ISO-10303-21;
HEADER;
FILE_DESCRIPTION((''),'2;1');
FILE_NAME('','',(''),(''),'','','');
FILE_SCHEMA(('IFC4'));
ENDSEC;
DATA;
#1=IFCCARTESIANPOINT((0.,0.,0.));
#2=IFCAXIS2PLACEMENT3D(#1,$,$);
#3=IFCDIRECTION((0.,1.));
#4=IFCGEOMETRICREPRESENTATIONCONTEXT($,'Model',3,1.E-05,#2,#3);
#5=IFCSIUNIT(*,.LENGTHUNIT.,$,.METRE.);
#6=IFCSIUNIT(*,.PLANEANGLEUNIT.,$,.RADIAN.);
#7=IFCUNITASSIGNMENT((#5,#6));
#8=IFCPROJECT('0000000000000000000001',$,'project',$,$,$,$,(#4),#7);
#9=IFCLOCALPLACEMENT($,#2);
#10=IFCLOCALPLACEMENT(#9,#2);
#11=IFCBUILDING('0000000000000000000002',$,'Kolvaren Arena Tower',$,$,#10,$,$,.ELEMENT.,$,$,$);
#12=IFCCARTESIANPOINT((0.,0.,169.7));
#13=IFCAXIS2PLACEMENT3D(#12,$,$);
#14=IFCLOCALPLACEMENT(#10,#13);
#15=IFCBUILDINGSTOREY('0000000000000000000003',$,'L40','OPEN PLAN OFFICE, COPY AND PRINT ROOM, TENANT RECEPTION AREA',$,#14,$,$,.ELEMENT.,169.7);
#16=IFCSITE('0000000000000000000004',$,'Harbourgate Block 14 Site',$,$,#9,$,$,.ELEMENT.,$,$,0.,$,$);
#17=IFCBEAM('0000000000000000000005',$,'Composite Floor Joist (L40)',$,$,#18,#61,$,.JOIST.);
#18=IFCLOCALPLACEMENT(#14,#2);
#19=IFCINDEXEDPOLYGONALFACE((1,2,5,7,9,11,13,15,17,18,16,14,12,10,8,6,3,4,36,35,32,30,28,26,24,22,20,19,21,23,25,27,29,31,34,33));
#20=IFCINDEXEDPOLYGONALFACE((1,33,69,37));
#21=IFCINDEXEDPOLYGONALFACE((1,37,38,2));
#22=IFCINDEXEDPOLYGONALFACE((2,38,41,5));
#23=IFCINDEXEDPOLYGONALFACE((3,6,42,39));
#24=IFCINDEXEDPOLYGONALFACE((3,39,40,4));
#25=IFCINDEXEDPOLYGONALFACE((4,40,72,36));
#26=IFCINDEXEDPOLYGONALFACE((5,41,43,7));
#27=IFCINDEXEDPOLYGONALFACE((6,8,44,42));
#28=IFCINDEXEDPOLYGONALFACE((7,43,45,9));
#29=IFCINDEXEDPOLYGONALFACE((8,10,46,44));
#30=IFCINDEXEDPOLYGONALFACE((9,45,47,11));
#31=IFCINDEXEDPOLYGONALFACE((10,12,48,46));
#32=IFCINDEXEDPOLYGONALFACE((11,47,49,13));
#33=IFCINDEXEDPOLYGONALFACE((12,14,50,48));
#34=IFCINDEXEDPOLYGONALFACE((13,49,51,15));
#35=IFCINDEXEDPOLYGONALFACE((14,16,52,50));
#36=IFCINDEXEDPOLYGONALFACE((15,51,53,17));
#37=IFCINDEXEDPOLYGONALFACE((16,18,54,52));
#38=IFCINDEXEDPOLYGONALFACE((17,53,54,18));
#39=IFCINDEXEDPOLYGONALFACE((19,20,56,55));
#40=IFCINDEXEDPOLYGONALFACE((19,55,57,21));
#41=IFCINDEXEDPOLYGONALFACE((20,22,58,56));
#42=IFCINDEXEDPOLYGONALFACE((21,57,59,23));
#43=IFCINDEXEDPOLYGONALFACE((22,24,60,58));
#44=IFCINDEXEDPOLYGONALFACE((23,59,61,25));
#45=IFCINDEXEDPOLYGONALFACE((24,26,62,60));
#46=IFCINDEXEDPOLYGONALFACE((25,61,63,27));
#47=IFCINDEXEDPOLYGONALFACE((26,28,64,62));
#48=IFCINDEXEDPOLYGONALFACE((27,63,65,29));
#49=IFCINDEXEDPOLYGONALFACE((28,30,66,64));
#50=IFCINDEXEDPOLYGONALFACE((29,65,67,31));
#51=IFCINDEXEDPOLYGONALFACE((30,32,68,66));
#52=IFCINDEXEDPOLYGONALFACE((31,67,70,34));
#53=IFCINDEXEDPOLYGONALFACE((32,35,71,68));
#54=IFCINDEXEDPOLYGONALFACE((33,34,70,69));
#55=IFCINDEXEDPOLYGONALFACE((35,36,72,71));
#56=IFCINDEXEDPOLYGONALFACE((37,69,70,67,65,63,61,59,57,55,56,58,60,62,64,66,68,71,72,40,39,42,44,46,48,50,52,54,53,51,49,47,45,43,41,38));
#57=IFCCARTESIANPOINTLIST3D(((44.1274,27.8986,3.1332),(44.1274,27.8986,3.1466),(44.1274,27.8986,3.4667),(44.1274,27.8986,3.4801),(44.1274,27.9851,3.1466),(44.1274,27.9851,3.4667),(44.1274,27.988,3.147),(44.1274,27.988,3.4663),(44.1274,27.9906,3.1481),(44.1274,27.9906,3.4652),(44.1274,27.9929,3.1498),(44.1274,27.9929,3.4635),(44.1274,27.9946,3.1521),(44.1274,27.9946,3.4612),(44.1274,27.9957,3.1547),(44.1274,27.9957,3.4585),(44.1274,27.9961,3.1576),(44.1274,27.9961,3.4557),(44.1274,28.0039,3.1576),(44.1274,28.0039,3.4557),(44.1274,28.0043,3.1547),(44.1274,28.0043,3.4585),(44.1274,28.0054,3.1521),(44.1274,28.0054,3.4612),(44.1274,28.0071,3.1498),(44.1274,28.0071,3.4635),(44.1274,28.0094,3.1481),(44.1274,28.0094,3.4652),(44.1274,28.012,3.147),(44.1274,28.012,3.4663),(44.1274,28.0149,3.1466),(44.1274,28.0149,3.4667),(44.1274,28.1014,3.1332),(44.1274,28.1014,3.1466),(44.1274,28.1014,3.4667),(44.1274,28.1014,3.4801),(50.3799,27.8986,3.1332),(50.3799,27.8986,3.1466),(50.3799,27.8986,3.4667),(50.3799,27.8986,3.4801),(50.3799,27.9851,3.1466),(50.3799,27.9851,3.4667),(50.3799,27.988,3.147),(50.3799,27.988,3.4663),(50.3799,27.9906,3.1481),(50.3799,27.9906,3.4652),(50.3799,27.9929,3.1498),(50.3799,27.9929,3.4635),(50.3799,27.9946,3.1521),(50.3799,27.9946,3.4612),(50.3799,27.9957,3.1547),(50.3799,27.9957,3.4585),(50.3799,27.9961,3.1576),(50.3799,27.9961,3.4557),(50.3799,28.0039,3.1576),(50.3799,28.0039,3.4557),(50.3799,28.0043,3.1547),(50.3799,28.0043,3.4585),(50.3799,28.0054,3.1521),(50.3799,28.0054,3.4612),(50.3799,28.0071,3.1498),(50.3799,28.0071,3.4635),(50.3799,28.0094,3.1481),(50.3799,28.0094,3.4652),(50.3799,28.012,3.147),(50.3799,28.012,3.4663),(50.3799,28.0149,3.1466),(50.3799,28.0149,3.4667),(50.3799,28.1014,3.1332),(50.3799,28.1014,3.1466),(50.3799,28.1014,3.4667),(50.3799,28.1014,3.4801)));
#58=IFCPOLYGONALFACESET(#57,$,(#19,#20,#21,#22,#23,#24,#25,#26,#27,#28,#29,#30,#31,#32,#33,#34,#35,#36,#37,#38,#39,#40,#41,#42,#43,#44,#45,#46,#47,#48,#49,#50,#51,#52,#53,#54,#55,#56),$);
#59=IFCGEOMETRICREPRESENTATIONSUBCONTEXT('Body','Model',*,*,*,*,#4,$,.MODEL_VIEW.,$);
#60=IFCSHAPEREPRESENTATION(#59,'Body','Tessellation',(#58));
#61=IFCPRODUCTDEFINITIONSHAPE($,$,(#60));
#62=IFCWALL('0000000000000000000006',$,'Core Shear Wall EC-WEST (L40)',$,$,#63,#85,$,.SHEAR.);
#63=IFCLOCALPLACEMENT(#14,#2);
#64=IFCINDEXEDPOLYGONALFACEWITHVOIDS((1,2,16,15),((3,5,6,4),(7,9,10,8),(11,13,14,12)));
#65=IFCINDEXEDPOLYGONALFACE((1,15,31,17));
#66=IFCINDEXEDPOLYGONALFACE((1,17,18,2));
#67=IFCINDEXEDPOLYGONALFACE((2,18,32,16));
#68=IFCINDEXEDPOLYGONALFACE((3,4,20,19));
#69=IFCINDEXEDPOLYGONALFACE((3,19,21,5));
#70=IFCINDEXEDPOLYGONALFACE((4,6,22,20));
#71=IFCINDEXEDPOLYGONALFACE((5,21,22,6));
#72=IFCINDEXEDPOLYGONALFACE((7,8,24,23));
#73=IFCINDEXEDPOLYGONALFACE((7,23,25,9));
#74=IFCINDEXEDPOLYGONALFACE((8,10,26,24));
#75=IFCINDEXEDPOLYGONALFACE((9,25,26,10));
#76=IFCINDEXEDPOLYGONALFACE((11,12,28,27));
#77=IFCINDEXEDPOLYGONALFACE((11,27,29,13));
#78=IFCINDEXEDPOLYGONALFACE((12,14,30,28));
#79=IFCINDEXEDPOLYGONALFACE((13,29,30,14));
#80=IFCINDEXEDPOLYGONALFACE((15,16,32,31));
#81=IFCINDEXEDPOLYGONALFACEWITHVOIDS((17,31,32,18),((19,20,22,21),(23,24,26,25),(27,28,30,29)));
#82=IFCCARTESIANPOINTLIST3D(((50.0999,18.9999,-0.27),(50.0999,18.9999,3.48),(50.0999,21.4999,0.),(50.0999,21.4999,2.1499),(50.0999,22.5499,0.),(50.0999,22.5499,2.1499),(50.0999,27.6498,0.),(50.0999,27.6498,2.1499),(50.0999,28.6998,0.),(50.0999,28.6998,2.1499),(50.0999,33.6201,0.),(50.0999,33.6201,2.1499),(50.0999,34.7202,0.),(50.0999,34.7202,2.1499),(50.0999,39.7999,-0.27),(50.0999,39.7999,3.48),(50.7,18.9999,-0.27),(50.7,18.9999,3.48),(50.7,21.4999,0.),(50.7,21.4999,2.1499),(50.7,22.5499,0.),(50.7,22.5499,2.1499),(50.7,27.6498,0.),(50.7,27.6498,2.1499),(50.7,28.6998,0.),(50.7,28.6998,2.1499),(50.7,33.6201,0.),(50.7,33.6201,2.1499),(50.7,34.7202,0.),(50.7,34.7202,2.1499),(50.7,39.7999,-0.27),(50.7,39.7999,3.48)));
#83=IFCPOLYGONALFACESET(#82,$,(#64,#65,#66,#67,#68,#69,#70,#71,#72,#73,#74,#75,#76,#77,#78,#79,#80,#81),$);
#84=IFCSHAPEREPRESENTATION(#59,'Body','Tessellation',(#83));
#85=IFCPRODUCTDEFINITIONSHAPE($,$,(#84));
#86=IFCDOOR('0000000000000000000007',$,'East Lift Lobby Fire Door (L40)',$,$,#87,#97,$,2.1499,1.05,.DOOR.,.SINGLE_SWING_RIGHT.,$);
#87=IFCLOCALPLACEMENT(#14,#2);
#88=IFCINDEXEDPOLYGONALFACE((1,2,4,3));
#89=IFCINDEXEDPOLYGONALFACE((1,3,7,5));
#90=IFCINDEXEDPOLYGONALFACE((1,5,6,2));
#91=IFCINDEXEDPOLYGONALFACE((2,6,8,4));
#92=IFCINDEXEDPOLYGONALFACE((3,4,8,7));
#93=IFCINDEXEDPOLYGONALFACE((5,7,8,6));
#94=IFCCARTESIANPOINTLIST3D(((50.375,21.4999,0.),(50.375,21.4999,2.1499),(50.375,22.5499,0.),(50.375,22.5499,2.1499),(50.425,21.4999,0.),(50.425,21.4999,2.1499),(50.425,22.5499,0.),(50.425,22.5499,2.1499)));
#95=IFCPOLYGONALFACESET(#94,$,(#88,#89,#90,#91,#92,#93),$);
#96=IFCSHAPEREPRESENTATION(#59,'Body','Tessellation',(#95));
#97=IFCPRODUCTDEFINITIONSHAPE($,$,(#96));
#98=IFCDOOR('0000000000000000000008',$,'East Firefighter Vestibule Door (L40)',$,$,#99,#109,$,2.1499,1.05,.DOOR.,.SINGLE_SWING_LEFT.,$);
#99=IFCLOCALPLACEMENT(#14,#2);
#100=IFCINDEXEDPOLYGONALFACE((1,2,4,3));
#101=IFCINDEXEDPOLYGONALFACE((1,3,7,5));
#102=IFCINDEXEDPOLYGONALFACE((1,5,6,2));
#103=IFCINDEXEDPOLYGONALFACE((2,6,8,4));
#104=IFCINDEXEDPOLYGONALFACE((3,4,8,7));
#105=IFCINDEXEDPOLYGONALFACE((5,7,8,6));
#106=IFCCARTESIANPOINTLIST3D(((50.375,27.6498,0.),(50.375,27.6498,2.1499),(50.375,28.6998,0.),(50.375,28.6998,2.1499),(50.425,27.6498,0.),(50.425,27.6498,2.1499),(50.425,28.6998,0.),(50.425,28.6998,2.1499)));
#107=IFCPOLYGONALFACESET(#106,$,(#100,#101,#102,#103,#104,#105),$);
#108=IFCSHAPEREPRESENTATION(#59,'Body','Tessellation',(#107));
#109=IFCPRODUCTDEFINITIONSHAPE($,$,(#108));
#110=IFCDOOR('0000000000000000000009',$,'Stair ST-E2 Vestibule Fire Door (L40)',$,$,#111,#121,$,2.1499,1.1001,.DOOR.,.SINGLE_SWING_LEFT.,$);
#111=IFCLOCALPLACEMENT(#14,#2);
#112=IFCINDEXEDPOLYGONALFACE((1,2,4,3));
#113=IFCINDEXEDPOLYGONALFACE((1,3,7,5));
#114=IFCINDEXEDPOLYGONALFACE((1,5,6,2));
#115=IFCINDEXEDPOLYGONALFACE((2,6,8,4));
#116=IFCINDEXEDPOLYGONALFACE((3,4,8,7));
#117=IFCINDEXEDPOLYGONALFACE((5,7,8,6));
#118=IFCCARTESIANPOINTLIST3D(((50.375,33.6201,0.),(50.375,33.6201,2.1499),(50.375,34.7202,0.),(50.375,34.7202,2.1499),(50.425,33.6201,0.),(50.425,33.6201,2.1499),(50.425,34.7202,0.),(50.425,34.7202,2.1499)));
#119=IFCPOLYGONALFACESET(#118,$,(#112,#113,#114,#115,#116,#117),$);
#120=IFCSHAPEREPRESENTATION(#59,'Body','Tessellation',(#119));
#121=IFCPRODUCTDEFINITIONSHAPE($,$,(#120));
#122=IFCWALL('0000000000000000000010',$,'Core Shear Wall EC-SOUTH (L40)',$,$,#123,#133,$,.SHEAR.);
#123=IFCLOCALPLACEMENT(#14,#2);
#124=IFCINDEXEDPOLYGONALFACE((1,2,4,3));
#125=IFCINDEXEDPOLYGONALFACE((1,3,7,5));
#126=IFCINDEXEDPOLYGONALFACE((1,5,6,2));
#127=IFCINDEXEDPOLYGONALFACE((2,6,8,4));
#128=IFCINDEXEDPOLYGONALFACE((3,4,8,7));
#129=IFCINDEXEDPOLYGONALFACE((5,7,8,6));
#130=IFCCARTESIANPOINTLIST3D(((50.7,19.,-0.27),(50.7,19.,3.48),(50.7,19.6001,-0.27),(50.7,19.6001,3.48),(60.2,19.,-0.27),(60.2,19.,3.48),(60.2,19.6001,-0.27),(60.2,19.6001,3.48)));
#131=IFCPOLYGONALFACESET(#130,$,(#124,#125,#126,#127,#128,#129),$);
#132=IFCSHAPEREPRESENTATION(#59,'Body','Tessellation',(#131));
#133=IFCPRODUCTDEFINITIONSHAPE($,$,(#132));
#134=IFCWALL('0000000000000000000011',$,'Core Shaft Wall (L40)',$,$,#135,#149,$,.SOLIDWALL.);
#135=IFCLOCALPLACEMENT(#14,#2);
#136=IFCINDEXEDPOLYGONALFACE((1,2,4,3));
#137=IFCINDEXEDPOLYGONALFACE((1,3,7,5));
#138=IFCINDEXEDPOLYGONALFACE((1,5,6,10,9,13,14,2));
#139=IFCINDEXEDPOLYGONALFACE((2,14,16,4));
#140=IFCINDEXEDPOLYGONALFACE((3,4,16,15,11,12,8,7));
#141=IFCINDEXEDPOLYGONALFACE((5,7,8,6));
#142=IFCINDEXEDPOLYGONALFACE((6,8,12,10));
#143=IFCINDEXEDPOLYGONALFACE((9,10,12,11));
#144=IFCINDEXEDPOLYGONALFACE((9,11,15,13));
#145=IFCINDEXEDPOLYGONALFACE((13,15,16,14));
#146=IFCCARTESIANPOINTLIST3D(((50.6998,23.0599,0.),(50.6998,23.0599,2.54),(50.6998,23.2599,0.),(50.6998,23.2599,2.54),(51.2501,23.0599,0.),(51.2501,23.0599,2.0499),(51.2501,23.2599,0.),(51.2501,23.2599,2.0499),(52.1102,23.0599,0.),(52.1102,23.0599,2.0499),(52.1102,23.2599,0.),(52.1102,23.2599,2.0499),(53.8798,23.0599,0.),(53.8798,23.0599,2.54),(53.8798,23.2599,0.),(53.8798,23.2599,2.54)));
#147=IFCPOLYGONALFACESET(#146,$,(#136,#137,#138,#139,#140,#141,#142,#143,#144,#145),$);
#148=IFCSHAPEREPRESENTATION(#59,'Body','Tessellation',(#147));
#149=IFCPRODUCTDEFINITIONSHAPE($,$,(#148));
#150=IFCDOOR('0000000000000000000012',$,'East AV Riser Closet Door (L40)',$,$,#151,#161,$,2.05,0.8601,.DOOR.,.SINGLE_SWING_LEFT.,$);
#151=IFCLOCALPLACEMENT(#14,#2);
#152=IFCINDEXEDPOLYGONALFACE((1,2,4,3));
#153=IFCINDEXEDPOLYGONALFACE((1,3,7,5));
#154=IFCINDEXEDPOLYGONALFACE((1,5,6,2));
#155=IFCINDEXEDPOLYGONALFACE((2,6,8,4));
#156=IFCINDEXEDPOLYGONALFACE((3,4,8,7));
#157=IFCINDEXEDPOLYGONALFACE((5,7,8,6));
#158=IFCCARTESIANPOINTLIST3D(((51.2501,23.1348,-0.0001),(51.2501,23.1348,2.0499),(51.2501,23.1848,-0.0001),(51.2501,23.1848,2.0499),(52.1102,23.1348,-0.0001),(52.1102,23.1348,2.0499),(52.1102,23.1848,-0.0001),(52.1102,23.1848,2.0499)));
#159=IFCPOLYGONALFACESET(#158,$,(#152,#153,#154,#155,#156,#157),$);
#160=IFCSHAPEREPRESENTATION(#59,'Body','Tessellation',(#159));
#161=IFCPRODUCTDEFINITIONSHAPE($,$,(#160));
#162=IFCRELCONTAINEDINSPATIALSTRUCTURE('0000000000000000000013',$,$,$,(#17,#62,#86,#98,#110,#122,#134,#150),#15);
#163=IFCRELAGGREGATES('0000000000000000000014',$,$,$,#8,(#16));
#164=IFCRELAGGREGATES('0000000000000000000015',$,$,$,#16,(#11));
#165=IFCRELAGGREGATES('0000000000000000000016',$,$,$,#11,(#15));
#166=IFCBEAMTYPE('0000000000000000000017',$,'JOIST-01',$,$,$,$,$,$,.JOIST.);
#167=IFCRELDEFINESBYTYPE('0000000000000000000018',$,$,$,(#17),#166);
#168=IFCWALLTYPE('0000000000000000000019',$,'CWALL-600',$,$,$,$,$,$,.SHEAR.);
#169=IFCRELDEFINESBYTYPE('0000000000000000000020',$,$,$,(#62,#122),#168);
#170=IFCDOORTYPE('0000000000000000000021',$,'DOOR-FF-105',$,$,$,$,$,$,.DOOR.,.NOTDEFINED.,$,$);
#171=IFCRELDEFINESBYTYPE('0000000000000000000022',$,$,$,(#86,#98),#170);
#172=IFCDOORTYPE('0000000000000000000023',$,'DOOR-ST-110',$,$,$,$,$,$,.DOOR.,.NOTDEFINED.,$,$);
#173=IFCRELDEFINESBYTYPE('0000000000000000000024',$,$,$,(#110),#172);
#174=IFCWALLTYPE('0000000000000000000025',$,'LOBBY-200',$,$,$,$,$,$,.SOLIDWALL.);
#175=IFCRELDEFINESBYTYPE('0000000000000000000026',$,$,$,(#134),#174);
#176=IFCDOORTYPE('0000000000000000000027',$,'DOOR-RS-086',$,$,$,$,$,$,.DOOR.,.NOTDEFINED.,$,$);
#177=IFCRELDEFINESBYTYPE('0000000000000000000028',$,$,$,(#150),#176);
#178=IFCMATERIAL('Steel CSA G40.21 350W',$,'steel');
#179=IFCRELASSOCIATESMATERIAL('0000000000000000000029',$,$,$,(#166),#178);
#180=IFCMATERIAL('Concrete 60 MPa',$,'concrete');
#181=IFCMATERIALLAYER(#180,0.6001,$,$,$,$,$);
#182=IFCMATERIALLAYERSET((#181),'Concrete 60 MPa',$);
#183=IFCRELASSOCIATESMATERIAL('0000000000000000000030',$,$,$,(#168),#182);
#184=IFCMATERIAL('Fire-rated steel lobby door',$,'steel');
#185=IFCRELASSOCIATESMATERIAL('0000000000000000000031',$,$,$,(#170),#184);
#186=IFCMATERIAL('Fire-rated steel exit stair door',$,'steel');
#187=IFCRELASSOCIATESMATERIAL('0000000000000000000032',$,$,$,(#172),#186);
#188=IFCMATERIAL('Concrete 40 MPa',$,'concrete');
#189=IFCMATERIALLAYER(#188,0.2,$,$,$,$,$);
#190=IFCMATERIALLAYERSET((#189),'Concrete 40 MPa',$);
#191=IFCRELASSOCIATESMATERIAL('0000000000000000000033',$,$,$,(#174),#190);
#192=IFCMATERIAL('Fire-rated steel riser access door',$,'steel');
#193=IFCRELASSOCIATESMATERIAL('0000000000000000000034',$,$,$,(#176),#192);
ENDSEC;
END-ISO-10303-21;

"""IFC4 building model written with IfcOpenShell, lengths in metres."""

from ifc_helpers import new_model, si_unit, direction, frame, frame_2d, origin, origin_2d, place, context, subcontext, project, spatial, rectangle, i_section, extrude, material, layer, layer_set, material_profile, profile_set, type_object, element, fill, save


model = new_model("IFC4")

# Units and contexts
model_context = context("Model", 3, precision=1e-05, world=origin(), true_north=direction((0.0, 1.0)))
body_context = subcontext(model_context, "Body", "Model", "MODEL_VIEW")
ifc_project = project(units=[si_unit("LENGTHUNIT", "METRE"), si_unit("PLANEANGLEUNIT", "RADIAN")], contexts=[model_context])

# Site, building, storey
site_placement = place(None, origin())
site = spatial("IfcSite", under=ifc_project, at=site_placement, Name="Harbourgate Block 14 Site", CompositionType="ELEMENT", RefElevation=0.0)
building_placement = place(site_placement, origin())
building = spatial("IfcBuilding", under=site, at=building_placement, Name="Kolvaren Arena Tower", CompositionType="ELEMENT")
storey_placement = place(building_placement, frame((0.0, 0.0, 169.7)))
storey = spatial("IfcBuildingStorey", under=building, at=storey_placement, Name="L40", Description="OPEN PLAN OFFICE, COPY AND PRINT ROOM, TENANT RECEPTION AREA", CompositionType="ELEMENT", Elevation=169.7)

# Beam
ifc_material_1 = material(Name="Steel CSA G40.21 350W", Category="steel")
ifc_material_profile_1 = material_profile(ifc_material_1, i_section(OverallWidth=0.2029, OverallDepth=0.3469, WebThickness=0.0078, FlangeThickness=0.0134, FilletRadius=0.011, at=origin_2d()), Name="W360x64")
ifc_profile_set_1 = profile_set([ifc_material_profile_1], Name="Steel CSA G40.21 350W")
beam_type_1 = type_object("IfcBeamType", Name="JOIST-01", PredefinedType="JOIST", material=ifc_profile_set_1)
beam_1_placement = place(storey_placement, frame((44.1274, 28.0, 3.3066), z_axis=(1.0, 0.0, 0.0), x_axis=(0.0, 1.0, 0.0)))
element("IfcBeam", 1, at=beam_1_placement, inside=storey, type_object=beam_type_1, Name="Composite Floor Joist (L40)", PredefinedType="JOIST", context=body_context, shape_type="SweptSolid", body=[
    extrude(i_section(OverallWidth=0.2029, OverallDepth=0.3469, WebThickness=0.0078, FlangeThickness=0.0134, FilletRadius=0.011, at=origin_2d()), origin(), (0.0, 0.0, 1.0), 6.2524),
])

# Wall, openings, doors
ifc_material_2 = material(Name="Concrete 60 MPa", Category="concrete")
ifc_layer_1 = layer(ifc_material_2, 0.6001)
ifc_layer_set_1 = layer_set([ifc_layer_1], Name="Concrete 60 MPa")
wall_type_1 = type_object("IfcWallType", Name="CWALL-600", PredefinedType="SHEAR", material=ifc_layer_set_1)
wall_1_placement = place(storey_placement, frame((50.3999, 19.0, -0.27), z_axis=(0.0, 0.0, 1.0), x_axis=(0.0, 1.0, 0.0)))
wall_1 = element("IfcWall", 2, at=wall_1_placement, inside=storey, type_object=wall_type_1, Name="Core Shear Wall EC-WEST (L40)", PredefinedType="SHEAR", context=body_context, shape_type="SweptSolid", body=[
    extrude(rectangle(XDim=20.8, YDim=0.6001, at=frame_2d((10.3999, 0.0))), origin(), (0.0, 0.0, 1.0), 3.75),
])
opening_1_placement = place(wall_1_placement, frame((2.5, 0.0, 0.27)))
opening_1 = element("IfcOpeningElement", 3, at=opening_1_placement, cuts=wall_1, PredefinedType="OPENING", context=body_context, shape_type="SweptSolid", body=[
    extrude(rectangle(XDim=1.05, YDim=2.1499, at=frame_2d((0.5249, 1.075))), frame((0.0, 0.3101, 0.0), z_axis=(0.0, -1.0, 0.0), x_axis=(1.0, 0.0, 0.0)), (0.0, 0.0, 1.0), 0.6201),
])
opening_2_placement = place(wall_1_placement, frame((8.6499, 0.0, 0.27)))
opening_2 = element("IfcOpeningElement", 4, at=opening_2_placement, cuts=wall_1, PredefinedType="OPENING", context=body_context, shape_type="SweptSolid", body=[
    extrude(rectangle(XDim=1.05, YDim=2.1499, at=frame_2d((0.5249, 1.075))), frame((0.0, 0.3101, 0.0), z_axis=(0.0, -1.0, 0.0), x_axis=(1.0, 0.0, 0.0)), (0.0, 0.0, 1.0), 0.6201),
])
opening_3_placement = place(wall_1_placement, frame((14.6201, 0.0, 0.27)))
opening_3 = element("IfcOpeningElement", 5, at=opening_3_placement, cuts=wall_1, PredefinedType="OPENING", context=body_context, shape_type="SweptSolid", body=[
    extrude(rectangle(XDim=1.1001, YDim=2.1499, at=frame_2d((0.55, 1.075))), frame((0.0, 0.3101, 0.0), z_axis=(0.0, -1.0, 0.0), x_axis=(1.0, 0.0, 0.0)), (0.0, 0.0, 1.0), 0.6201),
])
ifc_material_3 = material(Name="Fire-rated steel lobby door", Category="steel")
door_type_1 = type_object("IfcDoorType", Name="DOOR-FF-105", OperationType="NOTDEFINED", PredefinedType="DOOR", material=ifc_material_3)
door_1_placement = place(opening_1_placement, origin())
door_1 = element("IfcDoor", 6, at=door_1_placement, inside=storey, type_object=door_type_1, Name="East Lift Lobby Fire Door (L40)", OperationType="SINGLE_SWING_RIGHT", OverallHeight=2.1499, OverallWidth=1.05, PredefinedType="DOOR", context=body_context, shape_type="SweptSolid", body=[
    extrude(rectangle(XDim=1.05, YDim=2.1499, at=frame_2d((0.5249, 1.075))), frame((0.0, 0.0249, 0.0), z_axis=(0.0, -1.0, 0.0), x_axis=(1.0, 0.0, 0.0)), (0.0, 0.0, 1.0), 0.05),
])
fill(opening_1, door_1)
door_2_placement = place(opening_2_placement, origin())
door_2 = element("IfcDoor", 7, at=door_2_placement, inside=storey, type_object=door_type_1, Name="East Firefighter Vestibule Door (L40)", OperationType="SINGLE_SWING_LEFT", OverallHeight=2.1499, OverallWidth=1.05, PredefinedType="DOOR", context=body_context, shape_type="SweptSolid", body=[
    extrude(rectangle(XDim=1.05, YDim=2.1499, at=frame_2d((0.5249, 1.075))), frame((0.0, 0.0249, 0.0), z_axis=(0.0, -1.0, 0.0), x_axis=(1.0, 0.0, 0.0)), (0.0, 0.0, 1.0), 0.05),
])
fill(opening_2, door_2)
ifc_material_4 = material(Name="Fire-rated steel exit stair door", Category="steel")
door_type_2 = type_object("IfcDoorType", Name="DOOR-ST-110", OperationType="NOTDEFINED", PredefinedType="DOOR", material=ifc_material_4)
door_3_placement = place(opening_3_placement, origin())
door_3 = element("IfcDoor", 8, at=door_3_placement, inside=storey, type_object=door_type_2, Name="Stair ST-E2 Vestibule Fire Door (L40)", OperationType="SINGLE_SWING_LEFT", OverallHeight=2.1499, OverallWidth=1.1001, PredefinedType="DOOR", context=body_context, shape_type="SweptSolid", body=[
    extrude(rectangle(XDim=1.1001, YDim=2.1499, at=frame_2d((0.55, 1.075))), frame((0.0, 0.0249, 0.0), z_axis=(0.0, -1.0, 0.0), x_axis=(1.0, 0.0, 0.0)), (0.0, 0.0, 1.0), 0.05),
])
fill(opening_3, door_3)

# Wall
wall_2_placement = place(storey_placement, frame((50.7, 19.3, -0.27), z_axis=(0.0, 0.0, 1.0), x_axis=(1.0, 0.0, 0.0)))
element("IfcWall", 9, at=wall_2_placement, inside=storey, type_object=wall_type_1, Name="Core Shear Wall EC-SOUTH (L40)", PredefinedType="SHEAR", context=body_context, shape_type="SweptSolid", body=[
    extrude(rectangle(XDim=9.5, YDim=0.6001, at=frame_2d((4.75, 0.0))), origin(), (0.0, 0.0, 1.0), 3.75),
])

# Shared definitions
ifc_material_5 = material(Name="Concrete 40 MPa", Category="concrete")
ifc_layer_2 = layer(ifc_material_5, 0.2)
ifc_layer_set_2 = layer_set([ifc_layer_2], Name="Concrete 40 MPa")
wall_type_2 = type_object("IfcWallType", Name="LOBBY-200", PredefinedType="SOLIDWALL", material=ifc_layer_set_2)

# Wall, opening, door
wall_3_placement = place(storey_placement, frame((50.7, 23.1599, 0.0), z_axis=(0.0, 0.0, 1.0), x_axis=(1.0, 0.0, 0.0)))
wall_3 = element("IfcWall", 10, at=wall_3_placement, inside=storey, type_object=wall_type_2, Name="Core Shaft Wall (L40)", PredefinedType="SOLIDWALL", context=body_context, shape_type="SweptSolid", body=[
    extrude(rectangle(XDim=3.1799, YDim=0.2, at=frame_2d((1.5898, 0.0))), origin(), (0.0, 0.0, 1.0), 2.54),
])
opening_4_placement = place(wall_3_placement, frame((0.55, 0.0, 0.0)))
opening_4 = element("IfcOpeningElement", 11, at=opening_4_placement, cuts=wall_3, PredefinedType="OPENING", context=body_context, shape_type="SweptSolid", body=[
    extrude(rectangle(XDim=0.8601, YDim=2.05, at=frame_2d((0.4302, 1.0249))), frame((0.0, 0.1099, 0.0), z_axis=(0.0, -1.0, 0.0), x_axis=(1.0, 0.0, 0.0)), (0.0, 0.0, 1.0), 0.22),
])
ifc_material_6 = material(Name="Fire-rated steel riser access door", Category="steel")
door_type_3 = type_object("IfcDoorType", Name="DOOR-RS-086", OperationType="NOTDEFINED", PredefinedType="DOOR", material=ifc_material_6)
door_4_placement = place(opening_4_placement, origin())
door_4 = element("IfcDoor", 12, at=door_4_placement, inside=storey, type_object=door_type_3, Name="East AV Riser Closet Door (L40)", OperationType="SINGLE_SWING_LEFT", OverallHeight=2.05, OverallWidth=0.8601, PredefinedType="DOOR", context=body_context, shape_type="SweptSolid", body=[
    extrude(rectangle(XDim=0.8601, YDim=2.05, at=frame_2d((0.4302, 1.0249))), frame((0.0, 0.0249, 0.0), z_axis=(0.0, -1.0, 0.0), x_axis=(1.0, 0.0, 0.0)), (0.0, 0.0, 1.0), 0.05),
])
fill(opening_4, door_4)

save(model, "model.ifc")
